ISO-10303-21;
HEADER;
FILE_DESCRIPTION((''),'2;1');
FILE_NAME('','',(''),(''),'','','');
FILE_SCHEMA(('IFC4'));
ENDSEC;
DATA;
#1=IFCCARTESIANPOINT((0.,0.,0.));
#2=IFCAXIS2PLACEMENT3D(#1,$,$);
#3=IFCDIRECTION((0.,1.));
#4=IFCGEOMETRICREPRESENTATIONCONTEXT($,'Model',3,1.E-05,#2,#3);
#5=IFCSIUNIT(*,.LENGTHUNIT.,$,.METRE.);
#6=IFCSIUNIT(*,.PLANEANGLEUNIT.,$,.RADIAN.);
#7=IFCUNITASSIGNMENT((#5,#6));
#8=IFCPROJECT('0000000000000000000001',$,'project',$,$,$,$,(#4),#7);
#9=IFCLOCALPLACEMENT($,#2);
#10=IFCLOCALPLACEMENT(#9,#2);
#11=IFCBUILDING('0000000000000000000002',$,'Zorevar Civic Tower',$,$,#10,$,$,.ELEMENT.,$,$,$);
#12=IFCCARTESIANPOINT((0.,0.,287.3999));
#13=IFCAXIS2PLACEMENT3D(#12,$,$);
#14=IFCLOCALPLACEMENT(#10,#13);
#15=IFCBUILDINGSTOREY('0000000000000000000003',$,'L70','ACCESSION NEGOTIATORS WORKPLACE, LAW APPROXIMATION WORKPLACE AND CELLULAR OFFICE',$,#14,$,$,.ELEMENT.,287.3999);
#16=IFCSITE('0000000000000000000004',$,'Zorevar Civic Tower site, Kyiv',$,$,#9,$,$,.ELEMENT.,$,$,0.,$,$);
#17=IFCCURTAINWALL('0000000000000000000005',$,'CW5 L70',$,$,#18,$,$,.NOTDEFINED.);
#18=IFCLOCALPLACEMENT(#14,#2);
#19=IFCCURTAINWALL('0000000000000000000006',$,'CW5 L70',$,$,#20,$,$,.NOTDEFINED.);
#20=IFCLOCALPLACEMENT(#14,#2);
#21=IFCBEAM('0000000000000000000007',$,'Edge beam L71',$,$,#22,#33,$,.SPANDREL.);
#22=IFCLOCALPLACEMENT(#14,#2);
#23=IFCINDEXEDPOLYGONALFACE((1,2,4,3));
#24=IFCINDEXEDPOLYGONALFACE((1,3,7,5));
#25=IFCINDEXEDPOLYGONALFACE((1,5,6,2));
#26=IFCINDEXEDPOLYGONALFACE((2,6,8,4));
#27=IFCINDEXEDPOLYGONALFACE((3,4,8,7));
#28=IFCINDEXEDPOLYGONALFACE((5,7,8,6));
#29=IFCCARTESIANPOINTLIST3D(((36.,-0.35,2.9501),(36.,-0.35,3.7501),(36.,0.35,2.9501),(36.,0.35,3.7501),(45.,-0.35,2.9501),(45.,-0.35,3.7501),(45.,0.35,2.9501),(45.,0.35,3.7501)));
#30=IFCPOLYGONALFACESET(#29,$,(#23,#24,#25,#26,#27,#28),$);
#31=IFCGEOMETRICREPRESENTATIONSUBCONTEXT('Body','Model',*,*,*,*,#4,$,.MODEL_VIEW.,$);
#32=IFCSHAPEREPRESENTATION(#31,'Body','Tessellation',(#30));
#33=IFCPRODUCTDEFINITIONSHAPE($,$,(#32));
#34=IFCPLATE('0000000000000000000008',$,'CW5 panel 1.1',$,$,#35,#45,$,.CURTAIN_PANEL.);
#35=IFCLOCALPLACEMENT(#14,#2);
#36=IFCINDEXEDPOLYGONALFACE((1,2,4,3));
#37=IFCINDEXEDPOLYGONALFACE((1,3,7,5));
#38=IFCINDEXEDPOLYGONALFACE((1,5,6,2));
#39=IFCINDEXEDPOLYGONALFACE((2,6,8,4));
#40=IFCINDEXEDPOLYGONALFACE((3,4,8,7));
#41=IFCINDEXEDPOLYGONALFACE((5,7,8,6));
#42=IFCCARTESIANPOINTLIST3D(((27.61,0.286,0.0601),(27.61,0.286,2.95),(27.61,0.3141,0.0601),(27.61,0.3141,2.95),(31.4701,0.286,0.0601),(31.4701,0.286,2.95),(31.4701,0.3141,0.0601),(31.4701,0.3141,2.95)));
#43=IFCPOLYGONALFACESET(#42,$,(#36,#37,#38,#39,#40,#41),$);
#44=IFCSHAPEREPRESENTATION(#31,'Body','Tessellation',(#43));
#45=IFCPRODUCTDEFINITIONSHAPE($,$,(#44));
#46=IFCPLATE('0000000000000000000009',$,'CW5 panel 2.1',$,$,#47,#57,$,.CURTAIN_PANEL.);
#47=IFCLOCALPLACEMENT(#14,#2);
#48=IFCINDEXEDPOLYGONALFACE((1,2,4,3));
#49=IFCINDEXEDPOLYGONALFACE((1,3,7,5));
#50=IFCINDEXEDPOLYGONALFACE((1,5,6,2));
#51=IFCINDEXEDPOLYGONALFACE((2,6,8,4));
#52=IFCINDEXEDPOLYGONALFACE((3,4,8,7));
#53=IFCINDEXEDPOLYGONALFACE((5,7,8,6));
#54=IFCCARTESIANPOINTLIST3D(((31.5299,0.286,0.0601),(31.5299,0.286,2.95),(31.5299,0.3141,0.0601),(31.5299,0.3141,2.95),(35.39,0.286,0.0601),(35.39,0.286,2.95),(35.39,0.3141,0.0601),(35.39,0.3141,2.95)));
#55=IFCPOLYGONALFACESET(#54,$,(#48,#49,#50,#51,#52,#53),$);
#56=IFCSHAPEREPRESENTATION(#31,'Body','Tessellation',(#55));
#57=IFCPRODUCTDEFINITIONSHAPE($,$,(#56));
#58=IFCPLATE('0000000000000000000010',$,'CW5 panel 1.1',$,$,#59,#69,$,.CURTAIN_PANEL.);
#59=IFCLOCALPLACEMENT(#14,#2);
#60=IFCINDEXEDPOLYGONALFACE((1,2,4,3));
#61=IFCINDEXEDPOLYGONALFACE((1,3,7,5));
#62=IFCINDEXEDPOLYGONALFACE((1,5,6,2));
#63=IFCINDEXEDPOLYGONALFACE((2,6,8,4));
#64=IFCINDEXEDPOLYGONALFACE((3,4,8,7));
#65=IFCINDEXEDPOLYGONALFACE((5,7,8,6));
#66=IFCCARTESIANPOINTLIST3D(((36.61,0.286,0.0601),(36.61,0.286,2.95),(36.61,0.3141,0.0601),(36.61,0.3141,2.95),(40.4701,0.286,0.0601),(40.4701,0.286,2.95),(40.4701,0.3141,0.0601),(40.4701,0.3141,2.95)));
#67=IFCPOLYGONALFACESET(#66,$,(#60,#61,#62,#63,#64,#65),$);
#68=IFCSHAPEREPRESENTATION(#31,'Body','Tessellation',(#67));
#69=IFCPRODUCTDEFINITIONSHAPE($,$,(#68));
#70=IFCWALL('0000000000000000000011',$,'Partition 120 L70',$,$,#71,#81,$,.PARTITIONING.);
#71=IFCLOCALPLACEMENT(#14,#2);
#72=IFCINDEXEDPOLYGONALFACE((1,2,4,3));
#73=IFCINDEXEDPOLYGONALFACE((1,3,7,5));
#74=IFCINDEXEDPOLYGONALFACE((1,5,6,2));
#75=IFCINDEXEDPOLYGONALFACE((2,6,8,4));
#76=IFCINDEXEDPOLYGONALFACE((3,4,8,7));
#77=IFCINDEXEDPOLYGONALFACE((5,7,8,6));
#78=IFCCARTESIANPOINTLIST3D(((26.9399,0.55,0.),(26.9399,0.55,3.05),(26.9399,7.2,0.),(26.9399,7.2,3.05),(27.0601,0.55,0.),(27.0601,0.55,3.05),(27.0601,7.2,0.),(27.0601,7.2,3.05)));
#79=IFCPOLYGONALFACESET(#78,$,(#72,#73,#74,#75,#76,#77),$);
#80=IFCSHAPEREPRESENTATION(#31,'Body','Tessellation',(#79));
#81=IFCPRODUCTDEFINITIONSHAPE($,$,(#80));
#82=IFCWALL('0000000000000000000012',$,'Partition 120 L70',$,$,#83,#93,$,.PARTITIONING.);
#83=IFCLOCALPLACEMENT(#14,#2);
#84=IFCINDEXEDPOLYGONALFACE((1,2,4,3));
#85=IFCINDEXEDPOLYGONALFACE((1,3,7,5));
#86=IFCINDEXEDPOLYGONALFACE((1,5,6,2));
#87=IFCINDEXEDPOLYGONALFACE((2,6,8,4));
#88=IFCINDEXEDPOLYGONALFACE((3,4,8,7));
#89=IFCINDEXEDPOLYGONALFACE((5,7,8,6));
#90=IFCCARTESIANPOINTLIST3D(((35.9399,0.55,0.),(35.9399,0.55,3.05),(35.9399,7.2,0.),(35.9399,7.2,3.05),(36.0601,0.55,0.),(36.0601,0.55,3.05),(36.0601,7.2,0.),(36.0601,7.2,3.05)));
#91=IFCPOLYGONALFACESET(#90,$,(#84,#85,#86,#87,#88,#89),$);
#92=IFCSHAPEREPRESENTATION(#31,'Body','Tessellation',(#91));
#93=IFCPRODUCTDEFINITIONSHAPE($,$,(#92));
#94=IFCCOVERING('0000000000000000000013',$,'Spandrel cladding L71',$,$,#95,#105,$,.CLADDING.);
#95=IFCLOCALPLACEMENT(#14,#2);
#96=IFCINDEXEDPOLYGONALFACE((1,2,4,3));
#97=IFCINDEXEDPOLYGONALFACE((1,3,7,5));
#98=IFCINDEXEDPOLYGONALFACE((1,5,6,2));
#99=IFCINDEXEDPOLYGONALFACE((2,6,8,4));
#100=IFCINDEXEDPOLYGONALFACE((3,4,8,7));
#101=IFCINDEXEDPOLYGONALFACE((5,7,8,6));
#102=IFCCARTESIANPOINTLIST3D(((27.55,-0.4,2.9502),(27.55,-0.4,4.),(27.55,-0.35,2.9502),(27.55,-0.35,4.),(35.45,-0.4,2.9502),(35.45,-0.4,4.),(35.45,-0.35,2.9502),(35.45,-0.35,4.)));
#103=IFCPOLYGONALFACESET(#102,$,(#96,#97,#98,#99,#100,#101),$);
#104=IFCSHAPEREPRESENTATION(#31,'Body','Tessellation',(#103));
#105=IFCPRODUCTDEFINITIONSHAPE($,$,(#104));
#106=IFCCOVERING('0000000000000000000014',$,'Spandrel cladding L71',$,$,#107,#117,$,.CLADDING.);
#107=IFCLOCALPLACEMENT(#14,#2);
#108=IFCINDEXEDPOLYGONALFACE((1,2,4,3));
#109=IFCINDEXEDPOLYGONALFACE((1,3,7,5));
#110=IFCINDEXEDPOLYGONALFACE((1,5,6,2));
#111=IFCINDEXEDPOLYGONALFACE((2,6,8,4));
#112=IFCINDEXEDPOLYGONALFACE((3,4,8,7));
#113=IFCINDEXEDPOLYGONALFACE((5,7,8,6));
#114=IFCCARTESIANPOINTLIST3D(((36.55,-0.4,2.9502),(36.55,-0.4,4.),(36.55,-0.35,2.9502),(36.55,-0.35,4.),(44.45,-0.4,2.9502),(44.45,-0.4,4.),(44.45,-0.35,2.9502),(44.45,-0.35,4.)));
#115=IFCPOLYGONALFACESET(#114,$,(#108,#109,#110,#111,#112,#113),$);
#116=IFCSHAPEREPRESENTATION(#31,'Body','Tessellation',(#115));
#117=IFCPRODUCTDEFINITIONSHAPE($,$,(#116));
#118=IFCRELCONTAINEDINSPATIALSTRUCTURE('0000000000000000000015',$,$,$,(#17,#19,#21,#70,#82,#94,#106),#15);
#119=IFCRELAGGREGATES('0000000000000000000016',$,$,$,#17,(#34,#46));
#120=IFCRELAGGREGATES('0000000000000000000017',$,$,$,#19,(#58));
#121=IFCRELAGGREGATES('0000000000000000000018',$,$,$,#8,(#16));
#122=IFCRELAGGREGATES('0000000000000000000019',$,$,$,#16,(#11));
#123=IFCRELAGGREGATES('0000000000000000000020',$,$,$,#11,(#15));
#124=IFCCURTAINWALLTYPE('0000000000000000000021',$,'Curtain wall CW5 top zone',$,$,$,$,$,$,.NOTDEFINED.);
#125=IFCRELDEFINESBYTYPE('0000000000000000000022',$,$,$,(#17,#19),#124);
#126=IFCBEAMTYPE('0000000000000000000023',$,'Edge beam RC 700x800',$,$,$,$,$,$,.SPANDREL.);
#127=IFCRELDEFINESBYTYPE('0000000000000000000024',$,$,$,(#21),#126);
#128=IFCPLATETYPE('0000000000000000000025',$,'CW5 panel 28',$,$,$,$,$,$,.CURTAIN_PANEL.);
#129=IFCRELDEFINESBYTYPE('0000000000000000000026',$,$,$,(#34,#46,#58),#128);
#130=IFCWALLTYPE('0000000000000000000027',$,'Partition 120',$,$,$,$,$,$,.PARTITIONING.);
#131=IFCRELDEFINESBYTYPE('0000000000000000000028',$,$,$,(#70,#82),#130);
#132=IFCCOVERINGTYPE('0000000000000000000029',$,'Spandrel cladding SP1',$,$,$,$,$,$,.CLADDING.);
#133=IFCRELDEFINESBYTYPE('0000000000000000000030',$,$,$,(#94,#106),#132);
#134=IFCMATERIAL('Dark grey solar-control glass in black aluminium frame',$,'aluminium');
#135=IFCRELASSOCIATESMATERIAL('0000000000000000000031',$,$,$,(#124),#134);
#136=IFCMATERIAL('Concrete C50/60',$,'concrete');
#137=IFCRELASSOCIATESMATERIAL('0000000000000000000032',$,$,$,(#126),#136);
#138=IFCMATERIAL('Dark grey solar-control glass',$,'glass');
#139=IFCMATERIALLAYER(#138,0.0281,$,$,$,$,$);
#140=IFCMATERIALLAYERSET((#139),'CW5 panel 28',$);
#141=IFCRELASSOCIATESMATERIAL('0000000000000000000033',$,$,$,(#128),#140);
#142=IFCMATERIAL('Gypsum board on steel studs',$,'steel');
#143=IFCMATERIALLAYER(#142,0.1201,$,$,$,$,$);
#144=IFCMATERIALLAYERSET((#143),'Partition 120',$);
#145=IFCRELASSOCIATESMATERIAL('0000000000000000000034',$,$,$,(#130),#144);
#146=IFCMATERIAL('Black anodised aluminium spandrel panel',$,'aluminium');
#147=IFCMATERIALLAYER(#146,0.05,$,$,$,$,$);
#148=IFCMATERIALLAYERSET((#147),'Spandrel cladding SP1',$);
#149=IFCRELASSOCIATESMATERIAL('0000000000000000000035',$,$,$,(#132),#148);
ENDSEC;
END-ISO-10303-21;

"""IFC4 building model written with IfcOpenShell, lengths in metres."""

from ifc_helpers import new_model, si_unit, direction, frame, frame_2d, origin, origin_2d, place, context, subcontext, project, spatial, rectangle, extrude, material, layer, layer_set, material_profile, profile_set, type_object, element, aggregate, save


model = new_model("IFC4")

# Units and contexts
model_context = context("Model", 3, precision=1e-05, world=origin(), true_north=direction((0.0, 1.0)))
body_context = subcontext(model_context, "Body", "Model", "MODEL_VIEW")
ifc_project = project(units=[si_unit("LENGTHUNIT", "METRE"), si_unit("PLANEANGLEUNIT", "RADIAN")], contexts=[model_context])

# Site, building, storey
site_placement = place(None, origin())
site = spatial("IfcSite", under=ifc_project, at=site_placement, Name="Zorevar Civic Tower site, Kyiv", CompositionType="ELEMENT", RefElevation=0.0)
building_placement = place(site_placement, origin())
building = spatial("IfcBuilding", under=site, at=building_placement, Name="Zorevar Civic Tower", CompositionType="ELEMENT")
storey_placement = place(building_placement, frame((0.0, 0.0, 287.3999)))
storey = spatial("IfcBuildingStorey", under=building, at=storey_placement, Name="L70", Description="ACCESSION NEGOTIATORS WORKPLACE, LAW APPROXIMATION WORKPLACE AND CELLULAR OFFICE", CompositionType="ELEMENT", Elevation=287.3999)

# Curtain walls
ifc_material_1 = material(Name="Dark grey solar-control glass in black aluminium frame", Category="aluminium")
curtain_wall_type = type_object("IfcCurtainWallType", Name="Curtain wall CW5 top zone", PredefinedType="NOTDEFINED", material=ifc_material_1)
curtain_wall_1_placement = place(storey_placement, origin())
curtain_wall_1 = element("IfcCurtainWall", 1, at=curtain_wall_1_placement, inside=storey, type_object=curtain_wall_type, Name="CW5 L70", PredefinedType="NOTDEFINED")
curtain_wall_2_placement = place(storey_placement, origin())
curtain_wall_2 = element("IfcCurtainWall", 2, at=curtain_wall_2_placement, inside=storey, type_object=curtain_wall_type, Name="CW5 L70", PredefinedType="NOTDEFINED")

# Beam
ifc_material_2 = material(Name="Concrete C50/60", Category="concrete")
ifc_material_profile_1 = material_profile(ifc_material_2, rectangle(XDim=0.7, YDim=0.8, at=origin_2d()), Name="RC 700x800")
ifc_profile_set_1 = profile_set([ifc_material_profile_1], Name="Concrete C50/60")
beam_type_1 = type_object("IfcBeamType", Name="Edge beam RC 700x800", PredefinedType="SPANDREL", material=ifc_profile_set_1)
for number, where, z_axis, x_axis, name in (
    (3, (36.0, 0.0, 3.3501), (1.0, 0.0, 0.0), (0.0, 1.0, 0.0), "Edge beam L71"),
):
    element("IfcBeam", number, at=place(storey_placement, frame(where, z_axis=z_axis, x_axis=x_axis)), inside=storey, type_object=beam_type_1, Name=name, PredefinedType="SPANDREL", context=body_context, shape_type="SweptSolid", body=[
        extrude(rectangle(XDim=0.7, YDim=0.8, at=origin_2d()), origin(), (0.0, 0.0, 1.0), 9.0),
    ])

# Plates
ifc_material_3 = material(Name="Dark grey solar-control glass", Category="glass")
ifc_layer_1 = layer(ifc_material_3, 0.0281)
ifc_layer_set_1 = layer_set([ifc_layer_1], Name="CW5 panel 28")
plate_type = type_object("IfcPlateType", Name="CW5 panel 28", PredefinedType="CURTAIN_PANEL", material=ifc_layer_set_1)
plate_1_placement = place(storey_placement, frame((29.54, 0.3, 0.0601), z_axis=(0.0, 0.0, 1.0), x_axis=(1.0, 0.0, 0.0)))
plate_1 = element("IfcPlate", 4, at=plate_1_placement, type_object=plate_type, Name="CW5 panel 1.1", PredefinedType="CURTAIN_PANEL", context=body_context, shape_type="SweptSolid", body=[
    extrude(rectangle(XDim=3.8601, YDim=0.0281, at=origin_2d()), origin(), (0.0, 0.0, 1.0), 2.8899),
])
plate_2_placement = place(storey_placement, frame((33.46, 0.3, 0.0601), z_axis=(0.0, 0.0, 1.0), x_axis=(1.0, 0.0, 0.0)))
plate_2 = element("IfcPlate", 5, at=plate_2_placement, type_object=plate_type, Name="CW5 panel 2.1", PredefinedType="CURTAIN_PANEL", context=body_context, shape_type="SweptSolid", body=[
    extrude(rectangle(XDim=3.8601, YDim=0.0281, at=origin_2d()), origin(), (0.0, 0.0, 1.0), 2.8899),
])
aggregate(curtain_wall_1, [plate_1, plate_2])
plate_3_placement = place(storey_placement, frame((38.54, 0.3, 0.0601), z_axis=(0.0, 0.0, 1.0), x_axis=(1.0, 0.0, 0.0)))
plate_3 = element("IfcPlate", 6, at=plate_3_placement, type_object=plate_type, Name="CW5 panel 1.1", PredefinedType="CURTAIN_PANEL", context=body_context, shape_type="SweptSolid", body=[
    extrude(rectangle(XDim=3.8601, YDim=0.0281, at=origin_2d()), origin(), (0.0, 0.0, 1.0), 2.8899),
])
aggregate(curtain_wall_2, [plate_3])

# Walls
ifc_material_4 = material(Name="Gypsum board on steel studs", Category="steel")
ifc_layer_2 = layer(ifc_material_4, 0.1201)
ifc_layer_set_2 = layer_set([ifc_layer_2], Name="Partition 120")
wall_type = type_object("IfcWallType", Name="Partition 120", PredefinedType="PARTITIONING", material=ifc_layer_set_2)
for number, where, z_axis, x_axis, name in (
    (7, (27.0, 0.55, 0.0), (0.0, 0.0, 1.0), (0.0, 1.0, 0.0), "Partition 120 L70"),
    (8, (36.0, 0.55, 0.0), (0.0, 0.0, 1.0), (0.0, 1.0, 0.0), "Partition 120 L70"),
):
    element("IfcWall", number, at=place(storey_placement, frame(where, z_axis=z_axis, x_axis=x_axis)), inside=storey, type_object=wall_type, Name=name, PredefinedType="PARTITIONING", context=body_context, shape_type="SweptSolid", body=[
        extrude(rectangle(XDim=6.6499, YDim=0.1201, at=frame_2d((3.325, 0.0))), origin(), (0.0, 0.0, 1.0), 3.05),
    ])

# Coverings
ifc_material_5 = material(Name="Black anodised aluminium spandrel panel", Category="aluminium")
ifc_layer_3 = layer(ifc_material_5, 0.05)
ifc_layer_set_3 = layer_set([ifc_layer_3], Name="Spandrel cladding SP1")
covering_type = type_object("IfcCoveringType", Name="Spandrel cladding SP1", PredefinedType="CLADDING", material=ifc_layer_set_3)
for number, where, z_axis, x_axis, name in (
    (9, (27.55, -0.375, 2.9502), (0.0, 0.0, 1.0), (1.0, 0.0, 0.0), "Spandrel cladding L71"),
    (10, (36.55, -0.375, 2.9502), (0.0, 0.0, 1.0), (1.0, 0.0, 0.0), "Spandrel cladding L71"),
):
    element("IfcCovering", number, at=place(storey_placement, frame(where, z_axis=z_axis, x_axis=x_axis)), inside=storey, type_object=covering_type, Name=name, PredefinedType="CLADDING", context=body_context, shape_type="SweptSolid", body=[
        extrude(rectangle(XDim=7.8999, YDim=0.05, at=frame_2d((3.95, 0.0))), origin(), (0.0, 0.0, 1.0), 1.0498),
    ])

save(model, "model.ifc")
